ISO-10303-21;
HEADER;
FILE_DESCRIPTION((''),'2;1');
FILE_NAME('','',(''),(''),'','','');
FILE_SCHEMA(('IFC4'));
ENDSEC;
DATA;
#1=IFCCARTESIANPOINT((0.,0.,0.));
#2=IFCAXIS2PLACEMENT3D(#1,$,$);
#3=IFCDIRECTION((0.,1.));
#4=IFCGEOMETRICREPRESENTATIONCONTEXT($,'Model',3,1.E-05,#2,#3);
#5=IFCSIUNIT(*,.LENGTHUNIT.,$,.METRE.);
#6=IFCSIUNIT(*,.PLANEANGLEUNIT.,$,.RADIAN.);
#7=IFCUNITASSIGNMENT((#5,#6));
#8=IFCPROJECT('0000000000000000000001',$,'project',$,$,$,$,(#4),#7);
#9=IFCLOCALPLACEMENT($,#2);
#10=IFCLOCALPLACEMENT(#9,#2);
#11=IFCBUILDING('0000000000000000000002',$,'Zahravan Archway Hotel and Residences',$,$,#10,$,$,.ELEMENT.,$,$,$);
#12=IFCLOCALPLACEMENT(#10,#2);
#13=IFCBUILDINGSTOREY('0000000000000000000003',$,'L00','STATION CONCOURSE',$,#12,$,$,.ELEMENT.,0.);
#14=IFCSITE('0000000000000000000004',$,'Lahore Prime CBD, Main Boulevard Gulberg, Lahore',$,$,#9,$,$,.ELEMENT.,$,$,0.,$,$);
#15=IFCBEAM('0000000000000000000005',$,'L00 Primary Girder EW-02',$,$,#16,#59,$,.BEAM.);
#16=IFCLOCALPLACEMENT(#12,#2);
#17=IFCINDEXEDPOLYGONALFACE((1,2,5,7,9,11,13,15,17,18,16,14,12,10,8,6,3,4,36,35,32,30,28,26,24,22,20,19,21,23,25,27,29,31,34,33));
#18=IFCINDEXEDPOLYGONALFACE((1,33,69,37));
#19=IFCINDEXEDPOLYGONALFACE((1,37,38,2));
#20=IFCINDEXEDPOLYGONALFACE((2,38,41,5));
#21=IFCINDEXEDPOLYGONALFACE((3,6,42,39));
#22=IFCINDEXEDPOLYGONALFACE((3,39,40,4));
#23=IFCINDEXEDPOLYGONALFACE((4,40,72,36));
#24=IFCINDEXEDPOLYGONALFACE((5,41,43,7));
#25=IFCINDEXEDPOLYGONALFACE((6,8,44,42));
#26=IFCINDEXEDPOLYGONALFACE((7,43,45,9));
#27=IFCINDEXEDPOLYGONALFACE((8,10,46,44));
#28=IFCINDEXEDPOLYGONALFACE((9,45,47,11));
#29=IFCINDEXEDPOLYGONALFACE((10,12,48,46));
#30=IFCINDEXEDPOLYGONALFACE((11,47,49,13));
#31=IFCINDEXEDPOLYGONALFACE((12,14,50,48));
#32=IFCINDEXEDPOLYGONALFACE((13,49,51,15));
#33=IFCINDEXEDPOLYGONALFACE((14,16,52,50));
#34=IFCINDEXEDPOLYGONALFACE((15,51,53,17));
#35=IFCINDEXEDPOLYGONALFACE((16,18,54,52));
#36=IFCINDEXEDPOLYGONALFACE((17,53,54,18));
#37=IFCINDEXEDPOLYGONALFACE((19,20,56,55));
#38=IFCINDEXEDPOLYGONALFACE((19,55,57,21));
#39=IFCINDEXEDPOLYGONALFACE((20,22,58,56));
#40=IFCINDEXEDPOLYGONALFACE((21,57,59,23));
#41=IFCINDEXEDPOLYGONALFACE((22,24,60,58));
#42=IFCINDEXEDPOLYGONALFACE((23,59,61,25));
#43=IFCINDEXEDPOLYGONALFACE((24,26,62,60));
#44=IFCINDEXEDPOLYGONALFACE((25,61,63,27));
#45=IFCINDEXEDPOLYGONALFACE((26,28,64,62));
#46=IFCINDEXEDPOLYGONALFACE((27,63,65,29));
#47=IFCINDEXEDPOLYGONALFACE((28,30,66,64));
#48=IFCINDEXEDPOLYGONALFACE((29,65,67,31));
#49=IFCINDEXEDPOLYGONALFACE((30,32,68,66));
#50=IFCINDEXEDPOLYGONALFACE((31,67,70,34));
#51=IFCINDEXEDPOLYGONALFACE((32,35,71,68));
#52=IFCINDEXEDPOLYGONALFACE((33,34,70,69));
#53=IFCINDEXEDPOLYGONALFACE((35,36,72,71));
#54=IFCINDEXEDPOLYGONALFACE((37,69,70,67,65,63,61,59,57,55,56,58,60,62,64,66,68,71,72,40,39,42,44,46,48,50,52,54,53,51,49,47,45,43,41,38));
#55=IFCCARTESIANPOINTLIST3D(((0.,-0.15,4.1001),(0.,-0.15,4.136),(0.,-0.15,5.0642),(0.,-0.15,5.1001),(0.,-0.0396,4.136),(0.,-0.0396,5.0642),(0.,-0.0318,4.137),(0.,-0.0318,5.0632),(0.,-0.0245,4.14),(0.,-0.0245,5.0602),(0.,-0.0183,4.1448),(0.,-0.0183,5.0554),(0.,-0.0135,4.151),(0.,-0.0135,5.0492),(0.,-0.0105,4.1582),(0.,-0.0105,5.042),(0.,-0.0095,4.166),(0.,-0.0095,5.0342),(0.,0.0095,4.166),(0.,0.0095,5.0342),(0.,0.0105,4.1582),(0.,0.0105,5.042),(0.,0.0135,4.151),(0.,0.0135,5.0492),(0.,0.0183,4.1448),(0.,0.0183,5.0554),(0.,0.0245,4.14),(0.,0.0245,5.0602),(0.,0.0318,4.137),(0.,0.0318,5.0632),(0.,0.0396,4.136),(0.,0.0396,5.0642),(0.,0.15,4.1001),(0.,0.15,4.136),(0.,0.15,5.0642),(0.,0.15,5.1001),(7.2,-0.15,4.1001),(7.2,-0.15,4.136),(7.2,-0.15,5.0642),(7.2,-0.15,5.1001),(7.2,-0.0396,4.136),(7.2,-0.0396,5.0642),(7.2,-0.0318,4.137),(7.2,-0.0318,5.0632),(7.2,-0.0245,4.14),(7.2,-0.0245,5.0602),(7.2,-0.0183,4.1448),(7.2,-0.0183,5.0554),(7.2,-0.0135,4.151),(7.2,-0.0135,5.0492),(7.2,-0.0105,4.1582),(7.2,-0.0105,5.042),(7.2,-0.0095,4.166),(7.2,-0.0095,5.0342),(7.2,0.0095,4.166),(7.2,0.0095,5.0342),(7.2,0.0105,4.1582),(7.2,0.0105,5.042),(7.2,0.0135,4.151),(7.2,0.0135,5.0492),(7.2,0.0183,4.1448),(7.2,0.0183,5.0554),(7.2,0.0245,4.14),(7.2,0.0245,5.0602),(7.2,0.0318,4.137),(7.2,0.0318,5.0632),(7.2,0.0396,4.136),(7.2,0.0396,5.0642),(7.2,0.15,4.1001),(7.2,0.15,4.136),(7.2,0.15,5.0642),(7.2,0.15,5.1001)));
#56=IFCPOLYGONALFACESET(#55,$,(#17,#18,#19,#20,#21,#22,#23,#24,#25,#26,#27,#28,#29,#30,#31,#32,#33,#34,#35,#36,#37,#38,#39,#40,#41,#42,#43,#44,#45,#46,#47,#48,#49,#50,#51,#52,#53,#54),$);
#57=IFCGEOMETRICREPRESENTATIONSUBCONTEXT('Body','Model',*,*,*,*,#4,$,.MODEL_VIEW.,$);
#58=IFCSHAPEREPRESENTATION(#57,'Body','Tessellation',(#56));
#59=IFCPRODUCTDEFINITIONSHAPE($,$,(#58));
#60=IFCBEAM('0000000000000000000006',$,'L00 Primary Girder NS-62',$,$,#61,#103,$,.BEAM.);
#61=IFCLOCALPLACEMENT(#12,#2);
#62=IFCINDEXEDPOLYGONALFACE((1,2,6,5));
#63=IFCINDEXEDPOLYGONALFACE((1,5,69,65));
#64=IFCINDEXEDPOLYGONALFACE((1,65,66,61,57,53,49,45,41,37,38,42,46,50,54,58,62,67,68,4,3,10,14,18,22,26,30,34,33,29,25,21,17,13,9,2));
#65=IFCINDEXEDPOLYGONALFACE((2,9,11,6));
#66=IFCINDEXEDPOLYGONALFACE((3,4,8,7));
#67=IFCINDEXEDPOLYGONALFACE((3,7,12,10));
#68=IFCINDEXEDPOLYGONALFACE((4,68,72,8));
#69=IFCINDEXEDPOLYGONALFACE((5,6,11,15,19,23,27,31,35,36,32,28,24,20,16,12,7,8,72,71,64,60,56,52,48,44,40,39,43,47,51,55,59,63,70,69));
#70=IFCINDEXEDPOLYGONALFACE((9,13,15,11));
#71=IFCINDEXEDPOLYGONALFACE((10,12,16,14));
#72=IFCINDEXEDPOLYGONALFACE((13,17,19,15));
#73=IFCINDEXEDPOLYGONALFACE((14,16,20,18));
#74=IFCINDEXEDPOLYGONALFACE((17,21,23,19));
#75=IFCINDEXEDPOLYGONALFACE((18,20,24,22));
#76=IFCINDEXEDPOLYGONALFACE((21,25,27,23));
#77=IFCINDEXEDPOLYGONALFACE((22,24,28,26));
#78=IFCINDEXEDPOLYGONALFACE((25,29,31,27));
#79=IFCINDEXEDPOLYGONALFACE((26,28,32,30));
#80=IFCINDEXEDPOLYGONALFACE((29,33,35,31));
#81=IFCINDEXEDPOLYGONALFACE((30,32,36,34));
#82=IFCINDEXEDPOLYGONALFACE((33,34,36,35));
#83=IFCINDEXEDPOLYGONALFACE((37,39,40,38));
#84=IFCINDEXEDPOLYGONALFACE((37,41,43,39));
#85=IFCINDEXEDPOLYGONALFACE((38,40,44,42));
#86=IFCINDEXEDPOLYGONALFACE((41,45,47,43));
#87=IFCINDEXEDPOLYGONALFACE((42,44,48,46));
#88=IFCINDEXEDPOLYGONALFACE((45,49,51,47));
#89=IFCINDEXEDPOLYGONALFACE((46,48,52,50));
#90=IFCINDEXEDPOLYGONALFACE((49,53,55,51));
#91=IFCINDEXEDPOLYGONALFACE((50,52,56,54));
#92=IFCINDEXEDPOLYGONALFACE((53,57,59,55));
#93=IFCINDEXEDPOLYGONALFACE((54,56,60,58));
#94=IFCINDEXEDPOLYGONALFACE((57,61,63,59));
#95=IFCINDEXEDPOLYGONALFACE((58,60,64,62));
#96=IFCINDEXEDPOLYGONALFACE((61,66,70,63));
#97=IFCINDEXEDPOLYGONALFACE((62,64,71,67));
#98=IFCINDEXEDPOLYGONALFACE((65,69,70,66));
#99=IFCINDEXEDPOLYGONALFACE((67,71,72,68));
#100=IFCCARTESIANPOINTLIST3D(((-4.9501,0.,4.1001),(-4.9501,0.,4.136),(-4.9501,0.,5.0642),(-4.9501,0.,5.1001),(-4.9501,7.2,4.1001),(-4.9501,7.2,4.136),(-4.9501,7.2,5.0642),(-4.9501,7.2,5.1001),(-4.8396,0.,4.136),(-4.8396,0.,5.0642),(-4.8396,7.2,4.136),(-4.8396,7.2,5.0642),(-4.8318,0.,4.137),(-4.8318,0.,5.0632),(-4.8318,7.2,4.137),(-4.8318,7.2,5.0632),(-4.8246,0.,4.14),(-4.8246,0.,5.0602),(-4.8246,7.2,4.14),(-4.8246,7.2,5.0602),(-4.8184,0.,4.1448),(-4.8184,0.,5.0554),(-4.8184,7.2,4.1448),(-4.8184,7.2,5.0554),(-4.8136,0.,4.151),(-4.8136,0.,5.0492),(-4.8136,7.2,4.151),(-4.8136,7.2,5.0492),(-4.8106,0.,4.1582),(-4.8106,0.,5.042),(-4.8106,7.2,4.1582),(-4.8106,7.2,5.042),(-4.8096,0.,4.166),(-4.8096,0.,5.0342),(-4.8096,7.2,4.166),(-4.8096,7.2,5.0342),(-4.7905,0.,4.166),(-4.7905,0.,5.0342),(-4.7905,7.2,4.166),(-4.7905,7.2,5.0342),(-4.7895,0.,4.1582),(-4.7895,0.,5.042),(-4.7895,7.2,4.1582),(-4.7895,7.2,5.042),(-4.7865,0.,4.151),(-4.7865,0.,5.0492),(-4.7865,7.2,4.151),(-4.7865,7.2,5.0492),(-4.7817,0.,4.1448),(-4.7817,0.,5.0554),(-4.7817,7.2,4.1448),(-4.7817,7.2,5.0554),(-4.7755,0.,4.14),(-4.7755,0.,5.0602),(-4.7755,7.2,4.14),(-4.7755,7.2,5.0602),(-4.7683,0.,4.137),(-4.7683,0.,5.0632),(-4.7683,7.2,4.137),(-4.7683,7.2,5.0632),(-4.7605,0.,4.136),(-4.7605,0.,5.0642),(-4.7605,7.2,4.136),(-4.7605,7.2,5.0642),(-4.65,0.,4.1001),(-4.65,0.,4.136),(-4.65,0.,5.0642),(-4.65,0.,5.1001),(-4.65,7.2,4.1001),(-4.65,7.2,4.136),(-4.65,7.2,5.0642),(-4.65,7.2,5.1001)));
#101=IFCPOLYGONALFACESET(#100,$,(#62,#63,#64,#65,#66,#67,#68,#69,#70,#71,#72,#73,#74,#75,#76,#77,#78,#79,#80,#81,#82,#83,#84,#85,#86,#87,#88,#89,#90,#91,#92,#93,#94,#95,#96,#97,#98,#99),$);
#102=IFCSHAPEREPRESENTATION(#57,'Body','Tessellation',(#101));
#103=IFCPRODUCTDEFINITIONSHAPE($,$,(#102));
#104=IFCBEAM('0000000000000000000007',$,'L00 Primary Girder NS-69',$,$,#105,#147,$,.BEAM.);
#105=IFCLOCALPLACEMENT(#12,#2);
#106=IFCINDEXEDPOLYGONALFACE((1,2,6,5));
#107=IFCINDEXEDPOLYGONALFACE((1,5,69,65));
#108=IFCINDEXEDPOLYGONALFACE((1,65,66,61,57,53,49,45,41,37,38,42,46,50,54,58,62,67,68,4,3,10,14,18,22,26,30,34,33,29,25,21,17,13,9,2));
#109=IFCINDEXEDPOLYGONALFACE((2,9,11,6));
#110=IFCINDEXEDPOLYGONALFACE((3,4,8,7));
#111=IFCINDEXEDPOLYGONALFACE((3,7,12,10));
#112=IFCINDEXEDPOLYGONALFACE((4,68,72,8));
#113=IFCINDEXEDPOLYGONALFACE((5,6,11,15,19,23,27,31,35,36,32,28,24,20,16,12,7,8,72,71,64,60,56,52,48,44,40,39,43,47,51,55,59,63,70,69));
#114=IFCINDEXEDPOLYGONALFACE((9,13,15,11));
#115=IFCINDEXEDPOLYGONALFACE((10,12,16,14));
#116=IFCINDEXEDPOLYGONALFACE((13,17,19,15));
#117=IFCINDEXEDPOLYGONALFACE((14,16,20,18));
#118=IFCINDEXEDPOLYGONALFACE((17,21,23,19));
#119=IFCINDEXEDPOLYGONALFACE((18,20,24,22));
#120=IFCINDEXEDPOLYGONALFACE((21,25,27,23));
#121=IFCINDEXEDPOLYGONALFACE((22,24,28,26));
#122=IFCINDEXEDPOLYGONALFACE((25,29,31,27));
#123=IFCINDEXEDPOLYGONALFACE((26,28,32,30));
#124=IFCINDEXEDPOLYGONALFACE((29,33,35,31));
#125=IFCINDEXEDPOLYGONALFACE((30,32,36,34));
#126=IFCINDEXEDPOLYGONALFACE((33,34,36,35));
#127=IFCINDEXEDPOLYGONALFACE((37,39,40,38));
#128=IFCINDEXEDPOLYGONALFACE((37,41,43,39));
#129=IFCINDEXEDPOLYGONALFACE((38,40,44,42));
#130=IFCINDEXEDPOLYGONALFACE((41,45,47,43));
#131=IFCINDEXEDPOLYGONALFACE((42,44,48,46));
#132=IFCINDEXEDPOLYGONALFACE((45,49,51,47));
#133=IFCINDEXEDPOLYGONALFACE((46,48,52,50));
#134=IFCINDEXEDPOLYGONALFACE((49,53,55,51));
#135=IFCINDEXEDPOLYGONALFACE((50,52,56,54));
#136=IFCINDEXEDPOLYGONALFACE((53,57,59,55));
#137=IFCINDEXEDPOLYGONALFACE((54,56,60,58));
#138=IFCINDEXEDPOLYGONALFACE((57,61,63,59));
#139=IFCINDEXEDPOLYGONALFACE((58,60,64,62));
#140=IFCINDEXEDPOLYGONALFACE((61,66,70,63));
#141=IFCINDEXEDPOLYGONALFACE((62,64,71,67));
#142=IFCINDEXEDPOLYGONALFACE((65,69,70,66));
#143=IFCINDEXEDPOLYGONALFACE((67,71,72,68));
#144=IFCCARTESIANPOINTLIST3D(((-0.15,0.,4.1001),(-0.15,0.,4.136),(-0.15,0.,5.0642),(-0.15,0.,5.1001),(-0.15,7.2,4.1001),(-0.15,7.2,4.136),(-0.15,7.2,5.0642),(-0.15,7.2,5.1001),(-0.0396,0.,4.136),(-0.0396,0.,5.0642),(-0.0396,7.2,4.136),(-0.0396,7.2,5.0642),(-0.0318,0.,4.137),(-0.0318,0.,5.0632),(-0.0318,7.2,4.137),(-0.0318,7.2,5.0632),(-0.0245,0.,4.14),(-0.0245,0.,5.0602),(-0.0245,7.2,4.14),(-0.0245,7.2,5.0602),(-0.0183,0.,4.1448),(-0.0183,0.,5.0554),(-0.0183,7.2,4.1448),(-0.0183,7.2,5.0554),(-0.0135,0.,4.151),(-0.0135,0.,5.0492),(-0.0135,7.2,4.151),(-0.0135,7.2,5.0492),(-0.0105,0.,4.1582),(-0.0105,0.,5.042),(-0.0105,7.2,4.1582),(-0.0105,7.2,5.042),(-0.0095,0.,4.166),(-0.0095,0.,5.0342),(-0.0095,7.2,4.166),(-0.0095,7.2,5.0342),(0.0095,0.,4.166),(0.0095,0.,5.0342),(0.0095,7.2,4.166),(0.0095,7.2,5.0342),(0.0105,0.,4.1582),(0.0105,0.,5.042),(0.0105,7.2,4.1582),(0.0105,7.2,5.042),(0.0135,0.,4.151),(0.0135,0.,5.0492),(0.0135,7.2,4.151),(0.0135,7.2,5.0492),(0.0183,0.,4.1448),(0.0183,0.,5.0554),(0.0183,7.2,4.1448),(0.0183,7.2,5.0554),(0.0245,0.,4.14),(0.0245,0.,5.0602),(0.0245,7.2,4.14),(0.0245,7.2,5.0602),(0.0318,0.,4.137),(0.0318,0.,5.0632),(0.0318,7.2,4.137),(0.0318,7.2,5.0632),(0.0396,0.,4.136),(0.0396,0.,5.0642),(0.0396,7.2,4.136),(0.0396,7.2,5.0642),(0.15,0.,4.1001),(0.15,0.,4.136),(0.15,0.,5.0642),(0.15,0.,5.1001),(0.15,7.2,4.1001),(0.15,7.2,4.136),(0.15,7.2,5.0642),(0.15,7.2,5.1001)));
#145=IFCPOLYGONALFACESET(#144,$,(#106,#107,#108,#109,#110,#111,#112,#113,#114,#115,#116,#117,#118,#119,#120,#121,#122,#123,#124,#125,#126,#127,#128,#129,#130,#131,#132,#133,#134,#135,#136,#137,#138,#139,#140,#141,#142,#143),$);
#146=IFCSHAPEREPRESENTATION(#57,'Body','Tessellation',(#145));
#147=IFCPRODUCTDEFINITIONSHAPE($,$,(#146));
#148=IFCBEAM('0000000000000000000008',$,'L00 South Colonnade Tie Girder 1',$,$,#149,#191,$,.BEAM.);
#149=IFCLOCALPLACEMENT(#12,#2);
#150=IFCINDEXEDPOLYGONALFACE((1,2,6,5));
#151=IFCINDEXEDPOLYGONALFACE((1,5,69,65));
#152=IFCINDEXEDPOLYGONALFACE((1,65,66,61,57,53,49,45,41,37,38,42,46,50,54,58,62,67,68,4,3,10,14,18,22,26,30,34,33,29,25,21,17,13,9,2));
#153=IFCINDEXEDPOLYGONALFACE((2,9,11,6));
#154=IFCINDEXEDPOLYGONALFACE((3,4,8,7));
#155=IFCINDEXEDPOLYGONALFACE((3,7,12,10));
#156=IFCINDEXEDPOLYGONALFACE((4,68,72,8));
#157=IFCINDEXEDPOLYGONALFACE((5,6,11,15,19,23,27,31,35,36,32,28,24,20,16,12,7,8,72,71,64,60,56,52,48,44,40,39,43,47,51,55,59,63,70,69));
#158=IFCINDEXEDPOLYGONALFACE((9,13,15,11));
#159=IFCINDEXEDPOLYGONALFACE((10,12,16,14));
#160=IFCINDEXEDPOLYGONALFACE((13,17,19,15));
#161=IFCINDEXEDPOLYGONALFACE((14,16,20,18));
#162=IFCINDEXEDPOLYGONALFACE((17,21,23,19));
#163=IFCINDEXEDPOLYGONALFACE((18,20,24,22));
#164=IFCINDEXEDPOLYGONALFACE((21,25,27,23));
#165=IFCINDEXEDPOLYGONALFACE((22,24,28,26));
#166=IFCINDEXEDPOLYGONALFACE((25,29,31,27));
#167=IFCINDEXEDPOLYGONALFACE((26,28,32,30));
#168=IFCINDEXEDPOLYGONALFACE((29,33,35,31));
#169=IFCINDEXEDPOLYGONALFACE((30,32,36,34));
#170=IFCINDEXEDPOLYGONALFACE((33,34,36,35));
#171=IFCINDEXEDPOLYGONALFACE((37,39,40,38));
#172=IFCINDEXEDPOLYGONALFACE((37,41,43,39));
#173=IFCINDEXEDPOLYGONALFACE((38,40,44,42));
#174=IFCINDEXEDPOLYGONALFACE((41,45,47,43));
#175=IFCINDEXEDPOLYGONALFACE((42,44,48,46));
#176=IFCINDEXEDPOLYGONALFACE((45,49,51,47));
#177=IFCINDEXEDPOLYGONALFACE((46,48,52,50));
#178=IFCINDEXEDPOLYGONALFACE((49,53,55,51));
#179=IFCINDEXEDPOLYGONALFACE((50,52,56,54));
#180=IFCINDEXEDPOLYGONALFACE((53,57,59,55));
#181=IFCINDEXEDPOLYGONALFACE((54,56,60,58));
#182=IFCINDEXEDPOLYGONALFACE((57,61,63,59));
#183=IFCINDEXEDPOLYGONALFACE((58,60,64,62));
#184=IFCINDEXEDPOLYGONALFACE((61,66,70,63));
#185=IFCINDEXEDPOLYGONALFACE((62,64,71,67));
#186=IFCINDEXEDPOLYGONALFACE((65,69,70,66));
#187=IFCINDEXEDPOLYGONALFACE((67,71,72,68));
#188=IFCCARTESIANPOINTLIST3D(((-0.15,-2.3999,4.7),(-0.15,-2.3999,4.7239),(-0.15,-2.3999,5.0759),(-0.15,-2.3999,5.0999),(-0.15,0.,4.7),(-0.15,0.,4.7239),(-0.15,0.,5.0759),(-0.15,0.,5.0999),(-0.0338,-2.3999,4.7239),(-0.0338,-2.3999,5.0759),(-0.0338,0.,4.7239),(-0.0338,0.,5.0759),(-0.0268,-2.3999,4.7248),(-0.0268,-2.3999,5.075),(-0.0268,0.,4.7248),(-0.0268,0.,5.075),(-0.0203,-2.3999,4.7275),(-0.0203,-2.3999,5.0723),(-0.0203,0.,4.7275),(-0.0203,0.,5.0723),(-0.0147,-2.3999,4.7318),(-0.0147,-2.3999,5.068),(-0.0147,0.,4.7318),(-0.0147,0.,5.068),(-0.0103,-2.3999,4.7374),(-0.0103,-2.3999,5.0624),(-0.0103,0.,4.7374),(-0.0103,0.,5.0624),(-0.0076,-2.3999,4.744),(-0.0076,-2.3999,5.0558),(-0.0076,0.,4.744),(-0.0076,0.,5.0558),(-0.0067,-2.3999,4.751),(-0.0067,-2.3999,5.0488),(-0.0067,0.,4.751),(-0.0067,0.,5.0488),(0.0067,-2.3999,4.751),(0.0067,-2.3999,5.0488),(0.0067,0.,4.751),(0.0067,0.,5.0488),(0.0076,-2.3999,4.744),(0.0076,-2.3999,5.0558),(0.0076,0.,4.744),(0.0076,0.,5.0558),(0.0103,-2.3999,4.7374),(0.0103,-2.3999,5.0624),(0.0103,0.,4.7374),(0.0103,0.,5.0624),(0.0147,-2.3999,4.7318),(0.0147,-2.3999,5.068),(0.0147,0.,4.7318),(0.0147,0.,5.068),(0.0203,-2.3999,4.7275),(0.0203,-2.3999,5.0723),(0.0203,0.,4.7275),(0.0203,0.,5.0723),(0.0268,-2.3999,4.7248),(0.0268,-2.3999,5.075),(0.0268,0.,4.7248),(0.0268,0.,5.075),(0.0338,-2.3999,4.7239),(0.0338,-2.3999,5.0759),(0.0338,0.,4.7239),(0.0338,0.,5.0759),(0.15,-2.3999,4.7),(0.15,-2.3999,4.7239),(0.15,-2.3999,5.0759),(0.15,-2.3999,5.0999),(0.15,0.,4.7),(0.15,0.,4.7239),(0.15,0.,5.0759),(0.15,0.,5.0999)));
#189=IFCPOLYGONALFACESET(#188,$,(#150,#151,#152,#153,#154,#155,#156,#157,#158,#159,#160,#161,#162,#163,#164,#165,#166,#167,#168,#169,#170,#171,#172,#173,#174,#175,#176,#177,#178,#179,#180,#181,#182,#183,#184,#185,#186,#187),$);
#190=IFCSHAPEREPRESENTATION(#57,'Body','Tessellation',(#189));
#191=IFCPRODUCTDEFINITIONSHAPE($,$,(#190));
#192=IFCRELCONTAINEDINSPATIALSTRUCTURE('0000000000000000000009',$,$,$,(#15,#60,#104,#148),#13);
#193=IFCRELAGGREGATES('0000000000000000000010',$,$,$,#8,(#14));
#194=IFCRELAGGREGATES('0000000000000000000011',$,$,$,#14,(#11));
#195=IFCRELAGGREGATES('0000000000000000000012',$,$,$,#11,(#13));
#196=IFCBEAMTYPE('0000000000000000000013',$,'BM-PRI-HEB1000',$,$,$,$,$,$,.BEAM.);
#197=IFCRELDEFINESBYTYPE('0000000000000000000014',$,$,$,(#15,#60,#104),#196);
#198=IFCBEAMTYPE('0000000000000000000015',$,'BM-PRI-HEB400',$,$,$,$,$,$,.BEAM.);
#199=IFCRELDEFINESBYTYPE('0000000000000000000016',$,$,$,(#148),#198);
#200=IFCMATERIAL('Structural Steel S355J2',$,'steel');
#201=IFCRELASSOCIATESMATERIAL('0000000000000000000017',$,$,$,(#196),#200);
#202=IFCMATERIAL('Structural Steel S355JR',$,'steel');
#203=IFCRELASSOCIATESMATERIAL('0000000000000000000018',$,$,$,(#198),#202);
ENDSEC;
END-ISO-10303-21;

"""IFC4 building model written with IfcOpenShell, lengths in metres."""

from ifc_helpers import new_model, si_unit, direction, frame, origin, origin_2d, place, context, subcontext, project, spatial, i_section, extrude, source, transform, mapped, material, material_profile, profile_set, type_object, element, save


model = new_model("IFC4")

# Units and contexts
model_context = context("Model", 3, precision=1e-05, world=origin(), true_north=direction((0.0, 1.0)))
body_context = subcontext(model_context, "Body", "Model", "MODEL_VIEW")
ifc_project = project(units=[si_unit("LENGTHUNIT", "METRE"), si_unit("PLANEANGLEUNIT", "RADIAN")], contexts=[model_context])

# Site, building, storey
site_placement = place(None, origin())
site = spatial("IfcSite", under=ifc_project, at=site_placement, Name="Lahore Prime CBD, Main Boulevard Gulberg, Lahore", CompositionType="ELEMENT", RefElevation=0.0)
building_placement = place(site_placement, origin())
building = spatial("IfcBuilding", under=site, at=building_placement, Name="Zahravan Archway Hotel and Residences", CompositionType="ELEMENT")
storey_placement = place(building_placement, origin())
storey = spatial("IfcBuildingStorey", under=building, at=storey_placement, Name="L00", Description="STATION CONCOURSE", CompositionType="ELEMENT", Elevation=0.0)

# Beams
ifc_material_1 = material(Name="Structural Steel S355J2", Category="steel")
ifc_material_profile_1 = material_profile(ifc_material_1, i_section(OverallWidth=0.3, OverallDepth=1.0, WebThickness=0.019, FlangeThickness=0.0359, FilletRadius=0.03, at=origin_2d()), Name="HEB 1000", Category="steel")
ifc_profile_set_1 = profile_set([ifc_material_profile_1], Name="Structural Steel S355J2")
beam_type_1 = type_object("IfcBeamType", Name="BM-PRI-HEB1000", PredefinedType="BEAM", material=ifc_profile_set_1)
shared_shape_1 = source(origin(), body_context, "Body", "SweptSolid", [
    extrude(i_section(OverallWidth=0.3, OverallDepth=1.0, WebThickness=0.019, FlangeThickness=0.0359, FilletRadius=0.03, at=origin_2d()), origin(), (0.0, 0.0, 1.0), 7.2),
])
for number, where, z_axis, x_axis, name in (
    (1, (0.0, 0.0, 4.6001), (1.0, 0.0, 0.0), (0.0, 1.0, 0.0), "L00 Primary Girder EW-02"),
    (2, (-4.8, 0.0, 4.6001), (0.0, 1.0, 0.0), (-1.0, 0.0, 0.0), "L00 Primary Girder NS-62"),
    (3, (0.0, 0.0, 4.6001), (0.0, 1.0, 0.0), (-1.0, 0.0, 0.0), "L00 Primary Girder NS-69"),
):
    element("IfcBeam", number, at=place(storey_placement, frame(where, z_axis=z_axis, x_axis=x_axis)), inside=storey, type_object=beam_type_1, Name=name, PredefinedType="BEAM", context=body_context, shape_type="MappedRepresentation", body=[
        mapped(shared_shape_1, transform((0.0, 0.0, 0.0), scale=1.0)),
    ])
ifc_material_2 = material(Name="Structural Steel S355JR", Category="steel")
ifc_material_profile_2 = material_profile(ifc_material_2, i_section(OverallWidth=0.3, OverallDepth=0.3999, WebThickness=0.0134, FlangeThickness=0.0239, FilletRadius=0.0271, at=origin_2d()), Name="HEB 400", Category="steel")
ifc_profile_set_2 = profile_set([ifc_material_profile_2], Name="Structural Steel S355JR")
beam_type_2 = type_object("IfcBeamType", Name="BM-PRI-HEB400", PredefinedType="BEAM", material=ifc_profile_set_2)
shared_shape_2 = source(origin(), body_context, "Body", "SweptSolid", [
    extrude(i_section(OverallWidth=0.3, OverallDepth=0.3999, WebThickness=0.0134, FlangeThickness=0.0239, FilletRadius=0.0271, at=origin_2d()), origin(), (0.0, 0.0, 1.0), 2.3999),
])
beam_1_placement = place(storey_placement, frame((0.0, -2.3999, 4.8999), z_axis=(0.0, 1.0, 0.0), x_axis=(-1.0, 0.0, 0.0)))
element("IfcBeam", 4, at=beam_1_placement, inside=storey, type_object=beam_type_2, Name="L00 South Colonnade Tie Girder 1", PredefinedType="BEAM", context=body_context, shape_type="MappedRepresentation", body=[
    mapped(shared_shape_2, transform((0.0, 0.0, 0.0), scale=1.0)),
])

save(model, "model.ifc")
